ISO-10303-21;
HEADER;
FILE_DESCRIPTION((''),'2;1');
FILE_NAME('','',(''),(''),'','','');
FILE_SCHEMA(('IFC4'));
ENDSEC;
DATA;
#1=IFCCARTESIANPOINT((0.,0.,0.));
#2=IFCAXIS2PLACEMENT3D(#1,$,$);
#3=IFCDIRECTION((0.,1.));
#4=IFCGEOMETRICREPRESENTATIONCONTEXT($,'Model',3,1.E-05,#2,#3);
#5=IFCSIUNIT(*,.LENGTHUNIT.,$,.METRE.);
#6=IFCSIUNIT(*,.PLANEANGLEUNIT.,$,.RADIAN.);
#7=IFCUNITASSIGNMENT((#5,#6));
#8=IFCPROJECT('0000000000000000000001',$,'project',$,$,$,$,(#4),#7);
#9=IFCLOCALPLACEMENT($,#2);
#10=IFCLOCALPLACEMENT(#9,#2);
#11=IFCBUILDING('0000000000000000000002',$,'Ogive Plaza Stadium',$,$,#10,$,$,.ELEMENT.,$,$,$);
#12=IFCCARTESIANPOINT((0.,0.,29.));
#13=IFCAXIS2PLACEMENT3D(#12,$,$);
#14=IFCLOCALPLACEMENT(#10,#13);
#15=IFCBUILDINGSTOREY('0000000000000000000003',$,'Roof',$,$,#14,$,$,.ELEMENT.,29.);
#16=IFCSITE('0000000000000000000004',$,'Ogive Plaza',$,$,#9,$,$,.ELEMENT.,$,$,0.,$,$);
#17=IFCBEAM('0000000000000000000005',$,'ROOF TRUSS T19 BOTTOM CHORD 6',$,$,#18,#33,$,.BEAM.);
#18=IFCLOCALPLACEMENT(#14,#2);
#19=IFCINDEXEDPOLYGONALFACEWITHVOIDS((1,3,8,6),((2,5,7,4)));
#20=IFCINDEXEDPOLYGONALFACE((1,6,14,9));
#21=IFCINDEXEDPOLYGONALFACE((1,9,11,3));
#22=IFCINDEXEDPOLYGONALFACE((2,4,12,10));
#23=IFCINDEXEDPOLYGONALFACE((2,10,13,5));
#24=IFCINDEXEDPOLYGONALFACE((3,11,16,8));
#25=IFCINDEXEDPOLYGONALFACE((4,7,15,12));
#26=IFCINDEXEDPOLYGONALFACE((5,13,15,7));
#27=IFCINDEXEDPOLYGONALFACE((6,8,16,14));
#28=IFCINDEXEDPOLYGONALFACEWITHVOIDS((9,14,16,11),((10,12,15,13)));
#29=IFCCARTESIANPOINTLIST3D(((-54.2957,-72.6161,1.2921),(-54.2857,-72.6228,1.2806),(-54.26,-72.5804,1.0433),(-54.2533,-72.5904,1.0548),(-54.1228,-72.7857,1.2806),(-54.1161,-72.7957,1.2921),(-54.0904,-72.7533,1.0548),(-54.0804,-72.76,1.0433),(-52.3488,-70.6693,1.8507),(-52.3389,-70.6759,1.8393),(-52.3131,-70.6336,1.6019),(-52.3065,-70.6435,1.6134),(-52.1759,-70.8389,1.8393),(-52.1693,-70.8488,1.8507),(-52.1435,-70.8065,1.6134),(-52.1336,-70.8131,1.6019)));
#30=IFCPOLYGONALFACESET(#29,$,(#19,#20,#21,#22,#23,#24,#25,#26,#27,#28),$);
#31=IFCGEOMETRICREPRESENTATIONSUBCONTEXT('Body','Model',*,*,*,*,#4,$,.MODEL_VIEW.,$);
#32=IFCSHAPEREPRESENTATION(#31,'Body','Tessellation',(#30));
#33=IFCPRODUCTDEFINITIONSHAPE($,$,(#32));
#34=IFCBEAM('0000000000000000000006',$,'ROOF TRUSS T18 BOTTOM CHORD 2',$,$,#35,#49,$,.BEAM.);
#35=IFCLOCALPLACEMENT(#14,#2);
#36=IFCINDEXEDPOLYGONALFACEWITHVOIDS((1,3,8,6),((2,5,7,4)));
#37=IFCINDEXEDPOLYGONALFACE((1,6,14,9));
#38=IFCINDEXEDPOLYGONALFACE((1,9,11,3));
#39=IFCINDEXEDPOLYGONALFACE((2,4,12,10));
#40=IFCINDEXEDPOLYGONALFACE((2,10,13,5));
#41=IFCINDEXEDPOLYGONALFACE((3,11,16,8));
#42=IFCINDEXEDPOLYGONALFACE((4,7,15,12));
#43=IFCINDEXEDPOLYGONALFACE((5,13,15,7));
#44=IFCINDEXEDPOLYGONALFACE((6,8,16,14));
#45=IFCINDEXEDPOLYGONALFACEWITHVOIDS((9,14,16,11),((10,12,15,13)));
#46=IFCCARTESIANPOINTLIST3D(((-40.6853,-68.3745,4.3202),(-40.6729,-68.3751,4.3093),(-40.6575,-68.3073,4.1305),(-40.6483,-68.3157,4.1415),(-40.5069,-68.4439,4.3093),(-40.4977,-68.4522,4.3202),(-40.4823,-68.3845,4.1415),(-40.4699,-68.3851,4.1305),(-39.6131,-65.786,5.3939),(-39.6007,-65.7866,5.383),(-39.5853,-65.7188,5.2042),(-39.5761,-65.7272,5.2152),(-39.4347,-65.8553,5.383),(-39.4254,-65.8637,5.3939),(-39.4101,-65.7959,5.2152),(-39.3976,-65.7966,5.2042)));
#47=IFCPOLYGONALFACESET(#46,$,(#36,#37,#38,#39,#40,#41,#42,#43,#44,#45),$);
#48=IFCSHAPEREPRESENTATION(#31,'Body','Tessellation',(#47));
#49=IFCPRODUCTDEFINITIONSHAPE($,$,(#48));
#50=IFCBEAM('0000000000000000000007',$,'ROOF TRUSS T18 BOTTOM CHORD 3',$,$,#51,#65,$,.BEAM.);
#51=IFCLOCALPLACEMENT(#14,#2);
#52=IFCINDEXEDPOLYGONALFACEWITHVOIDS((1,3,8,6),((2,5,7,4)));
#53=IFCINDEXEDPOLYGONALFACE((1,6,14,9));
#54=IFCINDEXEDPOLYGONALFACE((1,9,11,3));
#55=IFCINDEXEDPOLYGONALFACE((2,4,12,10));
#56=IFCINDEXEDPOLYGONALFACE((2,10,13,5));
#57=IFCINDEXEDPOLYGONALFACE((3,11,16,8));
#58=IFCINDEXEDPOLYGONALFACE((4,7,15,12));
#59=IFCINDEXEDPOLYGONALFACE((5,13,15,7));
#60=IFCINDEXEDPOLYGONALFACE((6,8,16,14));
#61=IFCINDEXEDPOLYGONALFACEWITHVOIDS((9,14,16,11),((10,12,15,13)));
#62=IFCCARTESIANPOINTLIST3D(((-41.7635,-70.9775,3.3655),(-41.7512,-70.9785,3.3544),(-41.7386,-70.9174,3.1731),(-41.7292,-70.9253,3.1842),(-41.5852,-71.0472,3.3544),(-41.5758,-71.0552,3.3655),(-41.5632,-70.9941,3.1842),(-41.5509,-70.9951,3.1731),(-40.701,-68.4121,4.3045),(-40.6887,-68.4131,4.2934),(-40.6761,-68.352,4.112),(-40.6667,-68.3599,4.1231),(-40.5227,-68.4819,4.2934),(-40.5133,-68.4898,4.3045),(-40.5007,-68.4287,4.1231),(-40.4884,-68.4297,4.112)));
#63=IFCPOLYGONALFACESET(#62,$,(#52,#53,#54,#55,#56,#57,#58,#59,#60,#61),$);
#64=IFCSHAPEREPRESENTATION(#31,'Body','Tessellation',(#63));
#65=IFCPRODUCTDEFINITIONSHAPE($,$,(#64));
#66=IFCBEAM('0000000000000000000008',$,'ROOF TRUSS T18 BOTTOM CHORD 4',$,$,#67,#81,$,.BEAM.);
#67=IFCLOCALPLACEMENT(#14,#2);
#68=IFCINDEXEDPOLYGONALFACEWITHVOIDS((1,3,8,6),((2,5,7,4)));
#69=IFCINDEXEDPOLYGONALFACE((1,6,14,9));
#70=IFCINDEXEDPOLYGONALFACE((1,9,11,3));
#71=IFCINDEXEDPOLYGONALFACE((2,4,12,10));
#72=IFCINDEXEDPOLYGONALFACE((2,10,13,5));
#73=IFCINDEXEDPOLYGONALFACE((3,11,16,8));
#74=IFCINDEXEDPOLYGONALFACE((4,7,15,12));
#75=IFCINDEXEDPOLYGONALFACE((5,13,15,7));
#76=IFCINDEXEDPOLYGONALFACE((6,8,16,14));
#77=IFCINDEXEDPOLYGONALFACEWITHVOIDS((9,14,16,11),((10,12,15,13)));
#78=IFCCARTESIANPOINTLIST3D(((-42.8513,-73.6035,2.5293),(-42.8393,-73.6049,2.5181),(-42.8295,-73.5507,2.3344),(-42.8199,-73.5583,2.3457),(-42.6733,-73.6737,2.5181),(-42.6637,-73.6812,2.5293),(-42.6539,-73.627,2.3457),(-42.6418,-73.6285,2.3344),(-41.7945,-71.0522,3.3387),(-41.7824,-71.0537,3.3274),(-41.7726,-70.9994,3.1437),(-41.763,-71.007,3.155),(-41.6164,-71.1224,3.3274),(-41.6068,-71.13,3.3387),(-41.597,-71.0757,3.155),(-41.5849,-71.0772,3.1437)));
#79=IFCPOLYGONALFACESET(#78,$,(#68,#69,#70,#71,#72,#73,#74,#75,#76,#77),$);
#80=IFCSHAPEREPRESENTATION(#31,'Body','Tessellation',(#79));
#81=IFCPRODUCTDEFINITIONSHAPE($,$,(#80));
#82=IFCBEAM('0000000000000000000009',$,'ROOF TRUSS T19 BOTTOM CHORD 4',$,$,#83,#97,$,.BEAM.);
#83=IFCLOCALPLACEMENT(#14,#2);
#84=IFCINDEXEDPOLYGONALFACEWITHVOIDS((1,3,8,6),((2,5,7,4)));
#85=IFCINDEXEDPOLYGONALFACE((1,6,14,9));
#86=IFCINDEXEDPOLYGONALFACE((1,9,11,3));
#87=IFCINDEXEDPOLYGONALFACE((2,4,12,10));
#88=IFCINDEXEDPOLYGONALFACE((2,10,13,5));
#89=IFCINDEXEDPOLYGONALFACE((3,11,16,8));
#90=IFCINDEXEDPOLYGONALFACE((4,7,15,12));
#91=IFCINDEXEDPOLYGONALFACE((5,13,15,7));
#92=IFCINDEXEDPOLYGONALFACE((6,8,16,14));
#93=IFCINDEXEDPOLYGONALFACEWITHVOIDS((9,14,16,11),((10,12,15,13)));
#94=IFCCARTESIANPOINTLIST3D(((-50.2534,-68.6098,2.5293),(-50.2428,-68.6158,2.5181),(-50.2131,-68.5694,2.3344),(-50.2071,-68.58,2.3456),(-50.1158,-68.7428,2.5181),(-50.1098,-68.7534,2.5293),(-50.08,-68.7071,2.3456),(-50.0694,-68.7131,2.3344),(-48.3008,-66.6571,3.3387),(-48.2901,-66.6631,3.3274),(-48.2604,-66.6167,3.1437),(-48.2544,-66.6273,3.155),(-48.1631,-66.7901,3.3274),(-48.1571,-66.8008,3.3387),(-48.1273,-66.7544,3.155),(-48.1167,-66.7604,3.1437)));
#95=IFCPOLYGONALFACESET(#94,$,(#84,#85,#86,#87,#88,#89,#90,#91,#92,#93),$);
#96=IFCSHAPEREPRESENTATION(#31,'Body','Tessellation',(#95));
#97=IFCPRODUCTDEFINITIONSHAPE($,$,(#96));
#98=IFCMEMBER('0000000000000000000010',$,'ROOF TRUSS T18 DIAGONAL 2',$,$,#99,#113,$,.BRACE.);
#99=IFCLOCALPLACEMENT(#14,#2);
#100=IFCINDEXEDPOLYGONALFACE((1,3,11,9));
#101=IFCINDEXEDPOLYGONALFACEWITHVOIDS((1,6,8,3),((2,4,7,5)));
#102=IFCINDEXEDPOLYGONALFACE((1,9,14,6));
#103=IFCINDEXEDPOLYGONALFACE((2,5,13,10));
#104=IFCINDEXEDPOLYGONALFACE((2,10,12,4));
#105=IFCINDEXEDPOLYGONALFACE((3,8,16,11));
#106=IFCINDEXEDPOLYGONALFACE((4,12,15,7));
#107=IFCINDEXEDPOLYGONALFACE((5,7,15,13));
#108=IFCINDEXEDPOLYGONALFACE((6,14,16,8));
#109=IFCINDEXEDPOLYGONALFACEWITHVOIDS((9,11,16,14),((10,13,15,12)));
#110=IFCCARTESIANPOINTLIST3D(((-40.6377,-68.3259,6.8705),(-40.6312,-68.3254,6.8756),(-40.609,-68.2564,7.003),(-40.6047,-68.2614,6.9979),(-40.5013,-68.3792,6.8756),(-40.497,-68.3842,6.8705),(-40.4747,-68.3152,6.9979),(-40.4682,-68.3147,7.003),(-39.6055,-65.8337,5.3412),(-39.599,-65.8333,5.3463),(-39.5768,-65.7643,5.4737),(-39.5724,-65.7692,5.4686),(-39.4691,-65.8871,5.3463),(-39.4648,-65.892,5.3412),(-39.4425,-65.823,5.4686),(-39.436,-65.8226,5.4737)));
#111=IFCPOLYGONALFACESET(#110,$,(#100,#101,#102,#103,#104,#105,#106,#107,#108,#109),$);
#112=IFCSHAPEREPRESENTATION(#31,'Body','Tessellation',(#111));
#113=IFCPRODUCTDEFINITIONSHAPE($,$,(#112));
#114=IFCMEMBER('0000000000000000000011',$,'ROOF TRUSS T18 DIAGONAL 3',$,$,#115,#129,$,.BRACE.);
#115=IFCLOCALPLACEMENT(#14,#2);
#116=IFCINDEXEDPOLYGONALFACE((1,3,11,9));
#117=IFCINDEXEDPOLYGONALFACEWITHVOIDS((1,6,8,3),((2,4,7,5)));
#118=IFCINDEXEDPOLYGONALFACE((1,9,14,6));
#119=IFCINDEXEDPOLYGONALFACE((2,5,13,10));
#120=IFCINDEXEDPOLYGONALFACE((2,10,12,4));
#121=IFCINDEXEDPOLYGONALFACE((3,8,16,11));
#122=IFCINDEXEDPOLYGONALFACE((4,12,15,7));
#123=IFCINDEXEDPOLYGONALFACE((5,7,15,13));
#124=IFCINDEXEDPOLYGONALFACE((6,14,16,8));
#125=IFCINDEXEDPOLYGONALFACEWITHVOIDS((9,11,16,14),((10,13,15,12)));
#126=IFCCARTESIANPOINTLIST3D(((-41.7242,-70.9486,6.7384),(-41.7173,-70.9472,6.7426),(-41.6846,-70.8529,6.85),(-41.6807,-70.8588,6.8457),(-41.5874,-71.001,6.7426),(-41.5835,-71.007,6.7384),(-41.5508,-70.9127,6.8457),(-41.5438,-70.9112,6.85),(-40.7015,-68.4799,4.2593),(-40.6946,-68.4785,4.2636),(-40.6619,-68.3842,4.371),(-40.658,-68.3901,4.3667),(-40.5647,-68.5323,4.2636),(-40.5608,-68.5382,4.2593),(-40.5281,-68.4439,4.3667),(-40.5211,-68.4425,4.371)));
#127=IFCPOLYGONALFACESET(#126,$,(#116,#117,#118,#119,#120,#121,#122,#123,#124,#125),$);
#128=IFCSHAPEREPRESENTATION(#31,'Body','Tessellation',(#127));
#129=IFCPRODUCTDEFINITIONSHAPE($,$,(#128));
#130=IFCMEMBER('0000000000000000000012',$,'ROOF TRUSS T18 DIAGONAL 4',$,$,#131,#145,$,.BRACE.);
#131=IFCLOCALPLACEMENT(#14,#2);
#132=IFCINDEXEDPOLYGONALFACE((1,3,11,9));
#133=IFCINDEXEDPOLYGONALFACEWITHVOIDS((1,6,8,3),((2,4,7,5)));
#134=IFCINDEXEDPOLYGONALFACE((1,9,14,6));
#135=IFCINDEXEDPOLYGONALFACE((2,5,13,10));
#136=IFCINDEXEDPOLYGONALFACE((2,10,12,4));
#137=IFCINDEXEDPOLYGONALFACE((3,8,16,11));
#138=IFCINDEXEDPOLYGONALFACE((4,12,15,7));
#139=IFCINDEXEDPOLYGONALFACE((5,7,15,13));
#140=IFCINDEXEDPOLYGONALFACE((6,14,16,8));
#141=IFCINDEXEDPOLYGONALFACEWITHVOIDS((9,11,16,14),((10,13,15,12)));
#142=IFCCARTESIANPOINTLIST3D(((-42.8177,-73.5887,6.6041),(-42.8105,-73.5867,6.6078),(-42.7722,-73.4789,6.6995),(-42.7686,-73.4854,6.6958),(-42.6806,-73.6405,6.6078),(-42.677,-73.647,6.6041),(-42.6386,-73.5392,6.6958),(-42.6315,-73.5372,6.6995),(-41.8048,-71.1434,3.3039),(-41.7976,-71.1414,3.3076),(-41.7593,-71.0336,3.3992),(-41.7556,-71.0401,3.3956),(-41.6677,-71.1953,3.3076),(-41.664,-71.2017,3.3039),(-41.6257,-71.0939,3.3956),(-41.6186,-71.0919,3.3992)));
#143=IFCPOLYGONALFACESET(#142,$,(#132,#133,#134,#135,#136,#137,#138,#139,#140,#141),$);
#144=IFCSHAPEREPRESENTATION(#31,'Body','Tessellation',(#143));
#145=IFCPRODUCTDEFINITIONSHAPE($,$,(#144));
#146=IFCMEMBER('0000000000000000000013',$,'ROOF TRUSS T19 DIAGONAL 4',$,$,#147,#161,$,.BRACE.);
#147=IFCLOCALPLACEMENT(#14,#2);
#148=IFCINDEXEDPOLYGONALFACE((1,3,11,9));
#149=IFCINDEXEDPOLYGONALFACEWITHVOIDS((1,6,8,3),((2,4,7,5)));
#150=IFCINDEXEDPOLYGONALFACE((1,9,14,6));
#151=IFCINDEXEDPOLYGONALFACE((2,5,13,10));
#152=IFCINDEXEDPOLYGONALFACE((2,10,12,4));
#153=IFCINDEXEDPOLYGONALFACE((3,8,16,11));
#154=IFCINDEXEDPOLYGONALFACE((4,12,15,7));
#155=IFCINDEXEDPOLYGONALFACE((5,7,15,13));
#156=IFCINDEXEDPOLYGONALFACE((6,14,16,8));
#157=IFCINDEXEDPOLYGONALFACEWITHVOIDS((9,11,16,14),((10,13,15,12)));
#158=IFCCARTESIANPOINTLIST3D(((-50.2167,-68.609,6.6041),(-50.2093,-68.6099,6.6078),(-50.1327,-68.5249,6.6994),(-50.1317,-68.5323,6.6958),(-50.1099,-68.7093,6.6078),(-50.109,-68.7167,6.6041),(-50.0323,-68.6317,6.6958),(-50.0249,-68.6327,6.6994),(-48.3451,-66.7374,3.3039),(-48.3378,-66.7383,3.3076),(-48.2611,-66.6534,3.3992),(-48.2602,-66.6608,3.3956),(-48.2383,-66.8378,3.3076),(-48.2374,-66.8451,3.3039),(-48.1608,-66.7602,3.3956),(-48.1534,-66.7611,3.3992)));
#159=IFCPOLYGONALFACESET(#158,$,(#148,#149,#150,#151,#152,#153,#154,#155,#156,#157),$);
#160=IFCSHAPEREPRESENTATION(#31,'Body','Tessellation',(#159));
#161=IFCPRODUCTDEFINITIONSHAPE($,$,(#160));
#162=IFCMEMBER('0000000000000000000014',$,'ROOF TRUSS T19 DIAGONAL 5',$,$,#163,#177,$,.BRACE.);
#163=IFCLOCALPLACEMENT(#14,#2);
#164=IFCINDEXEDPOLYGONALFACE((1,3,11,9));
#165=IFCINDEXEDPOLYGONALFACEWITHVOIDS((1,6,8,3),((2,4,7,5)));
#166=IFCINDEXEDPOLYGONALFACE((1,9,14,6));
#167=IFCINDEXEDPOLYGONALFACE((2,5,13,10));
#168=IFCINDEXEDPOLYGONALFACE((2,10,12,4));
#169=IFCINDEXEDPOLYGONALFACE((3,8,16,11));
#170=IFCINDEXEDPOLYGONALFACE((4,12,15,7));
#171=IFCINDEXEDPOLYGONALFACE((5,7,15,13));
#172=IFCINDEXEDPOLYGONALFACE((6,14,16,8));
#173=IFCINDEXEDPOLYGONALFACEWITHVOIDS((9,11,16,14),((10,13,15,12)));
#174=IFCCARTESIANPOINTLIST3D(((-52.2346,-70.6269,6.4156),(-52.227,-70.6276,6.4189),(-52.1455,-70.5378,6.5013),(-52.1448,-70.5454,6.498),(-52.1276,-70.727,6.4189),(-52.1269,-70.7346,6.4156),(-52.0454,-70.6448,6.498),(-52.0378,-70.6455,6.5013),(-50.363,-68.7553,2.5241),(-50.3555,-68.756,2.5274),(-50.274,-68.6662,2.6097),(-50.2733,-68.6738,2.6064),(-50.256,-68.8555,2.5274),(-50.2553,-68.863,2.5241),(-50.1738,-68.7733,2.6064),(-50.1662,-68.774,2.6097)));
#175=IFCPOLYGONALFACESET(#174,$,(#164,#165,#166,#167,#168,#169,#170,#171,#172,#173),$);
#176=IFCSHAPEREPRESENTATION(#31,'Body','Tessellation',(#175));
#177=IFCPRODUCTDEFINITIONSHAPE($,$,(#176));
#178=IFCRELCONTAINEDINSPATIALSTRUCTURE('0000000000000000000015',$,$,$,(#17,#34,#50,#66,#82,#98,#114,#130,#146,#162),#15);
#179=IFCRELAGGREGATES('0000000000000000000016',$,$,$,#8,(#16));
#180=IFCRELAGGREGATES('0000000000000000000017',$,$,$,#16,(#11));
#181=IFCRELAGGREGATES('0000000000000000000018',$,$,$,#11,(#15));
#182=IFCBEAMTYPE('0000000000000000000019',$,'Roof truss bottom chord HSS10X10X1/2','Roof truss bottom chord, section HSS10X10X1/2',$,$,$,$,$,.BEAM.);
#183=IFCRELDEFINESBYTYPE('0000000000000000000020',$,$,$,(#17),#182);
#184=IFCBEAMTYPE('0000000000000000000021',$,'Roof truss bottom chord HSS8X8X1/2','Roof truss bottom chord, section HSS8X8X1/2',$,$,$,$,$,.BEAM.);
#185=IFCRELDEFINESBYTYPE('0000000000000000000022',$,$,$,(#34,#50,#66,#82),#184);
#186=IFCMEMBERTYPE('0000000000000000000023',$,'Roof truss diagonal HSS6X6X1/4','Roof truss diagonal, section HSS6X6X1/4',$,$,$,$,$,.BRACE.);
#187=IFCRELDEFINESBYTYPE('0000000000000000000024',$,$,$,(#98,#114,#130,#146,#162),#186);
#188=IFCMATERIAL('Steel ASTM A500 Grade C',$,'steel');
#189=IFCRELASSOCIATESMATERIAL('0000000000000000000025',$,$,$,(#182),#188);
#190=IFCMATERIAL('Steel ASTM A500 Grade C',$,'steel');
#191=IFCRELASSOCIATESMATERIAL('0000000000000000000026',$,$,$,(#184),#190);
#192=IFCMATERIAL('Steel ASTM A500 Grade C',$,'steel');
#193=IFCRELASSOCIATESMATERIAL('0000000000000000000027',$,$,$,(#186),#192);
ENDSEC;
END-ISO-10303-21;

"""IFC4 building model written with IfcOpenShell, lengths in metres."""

from ifc_helpers import new_model, si_unit, direction, frame, origin, origin_2d, place, context, subcontext, project, spatial, hollow_rectangle, extrude, material, material_profile, profile_set, type_object, element, save


model = new_model("IFC4")

# Units and contexts
model_context = context("Model", 3, precision=1e-05, world=origin(), true_north=direction((0.0, 1.0)))
body_context = subcontext(model_context, "Body", "Model", "MODEL_VIEW")
ifc_project = project(units=[si_unit("LENGTHUNIT", "METRE"), si_unit("PLANEANGLEUNIT", "RADIAN")], contexts=[model_context])

# Site, building, storey
site_placement = place(None, origin())
site = spatial("IfcSite", under=ifc_project, at=site_placement, Name="Ogive Plaza", CompositionType="ELEMENT", RefElevation=0.0)
building_placement = place(site_placement, origin())
building = spatial("IfcBuilding", under=site, at=building_placement, Name="Ogive Plaza Stadium", CompositionType="ELEMENT")
storey_placement = place(building_placement, frame((0.0, 0.0, 29.0)))
storey = spatial("IfcBuildingStorey", under=building, at=storey_placement, Name="Roof", CompositionType="ELEMENT", Elevation=29.0)

# Beams
ifc_material_1 = material(Name="Steel ASTM A500 Grade C", Category="steel")
ifc_material_profile_1 = material_profile(ifc_material_1, hollow_rectangle(XDim=0.2539, YDim=0.2539, WallThickness=0.0117, at=origin_2d()), Name="HSS10X10X1/2")
ifc_profile_set_1 = profile_set([ifc_material_profile_1], Name="Steel ASTM A500 Grade C")
beam_type_1 = type_object("IfcBeamType", Name="Roof truss bottom chord HSS10X10X1/2", Description="Roof truss bottom chord, section HSS10X10X1/2", PredefinedType="BEAM", material=ifc_profile_set_1)
beam_1_placement = place(storey_placement, frame((-52.2412, -70.7412, 1.7263), z_axis=(-0.692987, -0.692987, -0.198841), x_axis=(0.707107, -0.707107, 0.0)))
element("IfcBeam", 1, at=beam_1_placement, inside=storey, type_object=beam_type_1, Name="ROOF TRUSS T19 BOTTOM CHORD 6", PredefinedType="BEAM", context=body_context, shape_type="SweptSolid", body=[
    extrude(hollow_rectangle(XDim=0.2539, YDim=0.2539, WallThickness=0.0117, at=origin_2d()), origin(), (0.0, 0.0, 1.0), 2.8093),
])
ifc_material_2 = material(Name="Steel ASTM A500 Grade C", Category="steel")
ifc_material_profile_2 = material_profile(ifc_material_2, hollow_rectangle(XDim=0.2031, YDim=0.2031, WallThickness=0.0117, at=origin_2d()), Name="HSS8X8X1/2")
ifc_profile_set_2 = profile_set([ifc_material_profile_2], Name="Steel ASTM A500 Grade C")
beam_type_2 = type_object("IfcBeamType", Name="Roof truss bottom chord HSS8X8X1/2", Description="Roof truss bottom chord, section HSS8X8X1/2", PredefinedType="BEAM", material=ifc_profile_set_2)
beam_2_placement = place(storey_placement, frame((-39.5054, -65.7913, 5.2991), z_axis=(-0.35735, -0.862701, -0.357838), x_axis=(0.923877, -0.38269, 0.0)))
element("IfcBeam", 2, at=beam_2_placement, inside=storey, type_object=beam_type_2, Name="ROOF TRUSS T18 BOTTOM CHORD 2", PredefinedType="BEAM", context=body_context, shape_type="SweptSolid", body=[
    extrude(hollow_rectangle(XDim=0.2031, YDim=0.2031, WallThickness=0.0117, at=origin_2d()), origin(), (0.0, 0.0, 1.0), 3.0005),
])
beam_3_placement = place(storey_placement, frame((-40.5947, -68.4209, 4.2083), z_axis=(-0.362478, -0.875212, -0.320334), x_axis=(0.923897, -0.382642, 0.0)))
element("IfcBeam", 3, at=beam_3_placement, inside=storey, type_object=beam_type_2, Name="ROOF TRUSS T18 BOTTOM CHORD 3", PredefinedType="BEAM", context=body_context, shape_type="SweptSolid", body=[
    extrude(hollow_rectangle(XDim=0.2031, YDim=0.2031, WallThickness=0.0117, at=origin_2d()), origin(), (0.0, 0.0, 1.0), 2.9312),
])
for number, where, z_axis, x_axis, name in (
    (4, (-41.6897, -71.0647, 3.2412), (-0.367271, -0.886574, -0.281243), (0.923865, -0.382719, 0.0), "ROOF TRUSS T18 BOTTOM CHORD 4"),
    (5, (-48.2087, -66.7087, 3.2412), (-0.678564, -0.678564, -0.28125), (0.707107, -0.707107, 0.0), "ROOF TRUSS T19 BOTTOM CHORD 4"),
):
    element("IfcBeam", number, at=place(storey_placement, frame(where, z_axis=z_axis, x_axis=x_axis)), inside=storey, type_object=beam_type_2, Name=name, PredefinedType="BEAM", context=body_context, shape_type="SweptSolid", body=[
        extrude(hollow_rectangle(XDim=0.2031, YDim=0.2031, WallThickness=0.0117, at=origin_2d()), origin(), (0.0, 0.0, 1.0), 2.8777),
    ])

# Members
ifc_material_3 = material(Name="Steel ASTM A500 Grade C", Category="steel")
ifc_material_profile_3 = material_profile(ifc_material_3, hollow_rectangle(XDim=0.1523, YDim=0.1523, WallThickness=0.0059, at=origin_2d()), Name="HSS6X6X1/4")
ifc_profile_set_3 = profile_set([ifc_material_profile_3], Name="Steel ASTM A500 Grade C")
member_type_1 = type_object("IfcMemberType", Name="Roof truss diagonal HSS6X6X1/4", Description="Roof truss diagonal, section HSS6X6X1/4", PredefinedType="BRACE", material=ifc_profile_set_3)
member_1_placement = place(storey_placement, frame((-39.5208, -65.8281, 5.4075), z_axis=(-0.332886, -0.803712, 0.493187), x_axis=(0.923889, -0.382661, 0.0)))
element("IfcMember", 6, at=member_1_placement, inside=storey, type_object=member_type_1, Name="ROOF TRUSS T18 DIAGONAL 2", PredefinedType="BRACE", context=body_context, shape_type="SweptSolid", body=[
    extrude(hollow_rectangle(XDim=0.1523, YDim=0.1523, WallThickness=0.0059, at=origin_2d()), origin(), (0.0, 0.0, 1.0), 3.1008),
])
member_2_placement = place(storey_placement, frame((-40.6113, -68.4612, 4.3152), z_axis=(-0.280577, -0.677295, 0.680109), x_axis=(0.923864, -0.38272, 0.0)))
element("IfcMember", 7, at=member_2_placement, inside=storey, type_object=member_type_1, Name="ROOF TRUSS T18 DIAGONAL 3", PredefinedType="BRACE", context=body_context, shape_type="SweptSolid", body=[
    extrude(hollow_rectangle(XDim=0.1523, YDim=0.1523, WallThickness=0.0059, at=origin_2d()), origin(), (0.0, 0.0, 1.0), 3.645),
])
for number, where, z_axis, x_axis, name in (
    (8, (-41.7117, -71.1177, 3.3516), (-0.239435, -0.578013, 0.78011), (0.923872, -0.382702, 0.0), "ROOF TRUSS T18 DIAGONAL 4"),
    (9, (-48.2493, -66.7493, 3.3516), (-0.442397, -0.442397, 0.780109), (0.707107, -0.707107, 0.0), "ROOF TRUSS T19 DIAGONAL 4"),
):
    element("IfcMember", number, at=place(storey_placement, frame(where, z_axis=z_axis, x_axis=x_axis)), inside=storey, type_object=member_type_1, Name=name, PredefinedType="BRACE", context=body_context, shape_type="SweptSolid", body=[
        extrude(hollow_rectangle(XDim=0.1523, YDim=0.1523, WallThickness=0.0059, at=origin_2d()), origin(), (0.0, 0.0, 1.0), 4.2305),
    ])
member_3_placement = place(storey_placement, frame((-50.2646, -68.7646, 2.5669), z_axis=(-0.397667, -0.397667, 0.826874), x_axis=(0.707107, -0.707107, 0.0)))
element("IfcMember", 10, at=member_3_placement, inside=storey, type_object=member_type_1, Name="ROOF TRUSS T19 DIAGONAL 5", PredefinedType="BRACE", context=body_context, shape_type="SweptSolid", body=[
    extrude(hollow_rectangle(XDim=0.1523, YDim=0.1523, WallThickness=0.0059, at=origin_2d()), origin(), (0.0, 0.0, 1.0), 4.7063),
])

save(model, "model.ifc")
